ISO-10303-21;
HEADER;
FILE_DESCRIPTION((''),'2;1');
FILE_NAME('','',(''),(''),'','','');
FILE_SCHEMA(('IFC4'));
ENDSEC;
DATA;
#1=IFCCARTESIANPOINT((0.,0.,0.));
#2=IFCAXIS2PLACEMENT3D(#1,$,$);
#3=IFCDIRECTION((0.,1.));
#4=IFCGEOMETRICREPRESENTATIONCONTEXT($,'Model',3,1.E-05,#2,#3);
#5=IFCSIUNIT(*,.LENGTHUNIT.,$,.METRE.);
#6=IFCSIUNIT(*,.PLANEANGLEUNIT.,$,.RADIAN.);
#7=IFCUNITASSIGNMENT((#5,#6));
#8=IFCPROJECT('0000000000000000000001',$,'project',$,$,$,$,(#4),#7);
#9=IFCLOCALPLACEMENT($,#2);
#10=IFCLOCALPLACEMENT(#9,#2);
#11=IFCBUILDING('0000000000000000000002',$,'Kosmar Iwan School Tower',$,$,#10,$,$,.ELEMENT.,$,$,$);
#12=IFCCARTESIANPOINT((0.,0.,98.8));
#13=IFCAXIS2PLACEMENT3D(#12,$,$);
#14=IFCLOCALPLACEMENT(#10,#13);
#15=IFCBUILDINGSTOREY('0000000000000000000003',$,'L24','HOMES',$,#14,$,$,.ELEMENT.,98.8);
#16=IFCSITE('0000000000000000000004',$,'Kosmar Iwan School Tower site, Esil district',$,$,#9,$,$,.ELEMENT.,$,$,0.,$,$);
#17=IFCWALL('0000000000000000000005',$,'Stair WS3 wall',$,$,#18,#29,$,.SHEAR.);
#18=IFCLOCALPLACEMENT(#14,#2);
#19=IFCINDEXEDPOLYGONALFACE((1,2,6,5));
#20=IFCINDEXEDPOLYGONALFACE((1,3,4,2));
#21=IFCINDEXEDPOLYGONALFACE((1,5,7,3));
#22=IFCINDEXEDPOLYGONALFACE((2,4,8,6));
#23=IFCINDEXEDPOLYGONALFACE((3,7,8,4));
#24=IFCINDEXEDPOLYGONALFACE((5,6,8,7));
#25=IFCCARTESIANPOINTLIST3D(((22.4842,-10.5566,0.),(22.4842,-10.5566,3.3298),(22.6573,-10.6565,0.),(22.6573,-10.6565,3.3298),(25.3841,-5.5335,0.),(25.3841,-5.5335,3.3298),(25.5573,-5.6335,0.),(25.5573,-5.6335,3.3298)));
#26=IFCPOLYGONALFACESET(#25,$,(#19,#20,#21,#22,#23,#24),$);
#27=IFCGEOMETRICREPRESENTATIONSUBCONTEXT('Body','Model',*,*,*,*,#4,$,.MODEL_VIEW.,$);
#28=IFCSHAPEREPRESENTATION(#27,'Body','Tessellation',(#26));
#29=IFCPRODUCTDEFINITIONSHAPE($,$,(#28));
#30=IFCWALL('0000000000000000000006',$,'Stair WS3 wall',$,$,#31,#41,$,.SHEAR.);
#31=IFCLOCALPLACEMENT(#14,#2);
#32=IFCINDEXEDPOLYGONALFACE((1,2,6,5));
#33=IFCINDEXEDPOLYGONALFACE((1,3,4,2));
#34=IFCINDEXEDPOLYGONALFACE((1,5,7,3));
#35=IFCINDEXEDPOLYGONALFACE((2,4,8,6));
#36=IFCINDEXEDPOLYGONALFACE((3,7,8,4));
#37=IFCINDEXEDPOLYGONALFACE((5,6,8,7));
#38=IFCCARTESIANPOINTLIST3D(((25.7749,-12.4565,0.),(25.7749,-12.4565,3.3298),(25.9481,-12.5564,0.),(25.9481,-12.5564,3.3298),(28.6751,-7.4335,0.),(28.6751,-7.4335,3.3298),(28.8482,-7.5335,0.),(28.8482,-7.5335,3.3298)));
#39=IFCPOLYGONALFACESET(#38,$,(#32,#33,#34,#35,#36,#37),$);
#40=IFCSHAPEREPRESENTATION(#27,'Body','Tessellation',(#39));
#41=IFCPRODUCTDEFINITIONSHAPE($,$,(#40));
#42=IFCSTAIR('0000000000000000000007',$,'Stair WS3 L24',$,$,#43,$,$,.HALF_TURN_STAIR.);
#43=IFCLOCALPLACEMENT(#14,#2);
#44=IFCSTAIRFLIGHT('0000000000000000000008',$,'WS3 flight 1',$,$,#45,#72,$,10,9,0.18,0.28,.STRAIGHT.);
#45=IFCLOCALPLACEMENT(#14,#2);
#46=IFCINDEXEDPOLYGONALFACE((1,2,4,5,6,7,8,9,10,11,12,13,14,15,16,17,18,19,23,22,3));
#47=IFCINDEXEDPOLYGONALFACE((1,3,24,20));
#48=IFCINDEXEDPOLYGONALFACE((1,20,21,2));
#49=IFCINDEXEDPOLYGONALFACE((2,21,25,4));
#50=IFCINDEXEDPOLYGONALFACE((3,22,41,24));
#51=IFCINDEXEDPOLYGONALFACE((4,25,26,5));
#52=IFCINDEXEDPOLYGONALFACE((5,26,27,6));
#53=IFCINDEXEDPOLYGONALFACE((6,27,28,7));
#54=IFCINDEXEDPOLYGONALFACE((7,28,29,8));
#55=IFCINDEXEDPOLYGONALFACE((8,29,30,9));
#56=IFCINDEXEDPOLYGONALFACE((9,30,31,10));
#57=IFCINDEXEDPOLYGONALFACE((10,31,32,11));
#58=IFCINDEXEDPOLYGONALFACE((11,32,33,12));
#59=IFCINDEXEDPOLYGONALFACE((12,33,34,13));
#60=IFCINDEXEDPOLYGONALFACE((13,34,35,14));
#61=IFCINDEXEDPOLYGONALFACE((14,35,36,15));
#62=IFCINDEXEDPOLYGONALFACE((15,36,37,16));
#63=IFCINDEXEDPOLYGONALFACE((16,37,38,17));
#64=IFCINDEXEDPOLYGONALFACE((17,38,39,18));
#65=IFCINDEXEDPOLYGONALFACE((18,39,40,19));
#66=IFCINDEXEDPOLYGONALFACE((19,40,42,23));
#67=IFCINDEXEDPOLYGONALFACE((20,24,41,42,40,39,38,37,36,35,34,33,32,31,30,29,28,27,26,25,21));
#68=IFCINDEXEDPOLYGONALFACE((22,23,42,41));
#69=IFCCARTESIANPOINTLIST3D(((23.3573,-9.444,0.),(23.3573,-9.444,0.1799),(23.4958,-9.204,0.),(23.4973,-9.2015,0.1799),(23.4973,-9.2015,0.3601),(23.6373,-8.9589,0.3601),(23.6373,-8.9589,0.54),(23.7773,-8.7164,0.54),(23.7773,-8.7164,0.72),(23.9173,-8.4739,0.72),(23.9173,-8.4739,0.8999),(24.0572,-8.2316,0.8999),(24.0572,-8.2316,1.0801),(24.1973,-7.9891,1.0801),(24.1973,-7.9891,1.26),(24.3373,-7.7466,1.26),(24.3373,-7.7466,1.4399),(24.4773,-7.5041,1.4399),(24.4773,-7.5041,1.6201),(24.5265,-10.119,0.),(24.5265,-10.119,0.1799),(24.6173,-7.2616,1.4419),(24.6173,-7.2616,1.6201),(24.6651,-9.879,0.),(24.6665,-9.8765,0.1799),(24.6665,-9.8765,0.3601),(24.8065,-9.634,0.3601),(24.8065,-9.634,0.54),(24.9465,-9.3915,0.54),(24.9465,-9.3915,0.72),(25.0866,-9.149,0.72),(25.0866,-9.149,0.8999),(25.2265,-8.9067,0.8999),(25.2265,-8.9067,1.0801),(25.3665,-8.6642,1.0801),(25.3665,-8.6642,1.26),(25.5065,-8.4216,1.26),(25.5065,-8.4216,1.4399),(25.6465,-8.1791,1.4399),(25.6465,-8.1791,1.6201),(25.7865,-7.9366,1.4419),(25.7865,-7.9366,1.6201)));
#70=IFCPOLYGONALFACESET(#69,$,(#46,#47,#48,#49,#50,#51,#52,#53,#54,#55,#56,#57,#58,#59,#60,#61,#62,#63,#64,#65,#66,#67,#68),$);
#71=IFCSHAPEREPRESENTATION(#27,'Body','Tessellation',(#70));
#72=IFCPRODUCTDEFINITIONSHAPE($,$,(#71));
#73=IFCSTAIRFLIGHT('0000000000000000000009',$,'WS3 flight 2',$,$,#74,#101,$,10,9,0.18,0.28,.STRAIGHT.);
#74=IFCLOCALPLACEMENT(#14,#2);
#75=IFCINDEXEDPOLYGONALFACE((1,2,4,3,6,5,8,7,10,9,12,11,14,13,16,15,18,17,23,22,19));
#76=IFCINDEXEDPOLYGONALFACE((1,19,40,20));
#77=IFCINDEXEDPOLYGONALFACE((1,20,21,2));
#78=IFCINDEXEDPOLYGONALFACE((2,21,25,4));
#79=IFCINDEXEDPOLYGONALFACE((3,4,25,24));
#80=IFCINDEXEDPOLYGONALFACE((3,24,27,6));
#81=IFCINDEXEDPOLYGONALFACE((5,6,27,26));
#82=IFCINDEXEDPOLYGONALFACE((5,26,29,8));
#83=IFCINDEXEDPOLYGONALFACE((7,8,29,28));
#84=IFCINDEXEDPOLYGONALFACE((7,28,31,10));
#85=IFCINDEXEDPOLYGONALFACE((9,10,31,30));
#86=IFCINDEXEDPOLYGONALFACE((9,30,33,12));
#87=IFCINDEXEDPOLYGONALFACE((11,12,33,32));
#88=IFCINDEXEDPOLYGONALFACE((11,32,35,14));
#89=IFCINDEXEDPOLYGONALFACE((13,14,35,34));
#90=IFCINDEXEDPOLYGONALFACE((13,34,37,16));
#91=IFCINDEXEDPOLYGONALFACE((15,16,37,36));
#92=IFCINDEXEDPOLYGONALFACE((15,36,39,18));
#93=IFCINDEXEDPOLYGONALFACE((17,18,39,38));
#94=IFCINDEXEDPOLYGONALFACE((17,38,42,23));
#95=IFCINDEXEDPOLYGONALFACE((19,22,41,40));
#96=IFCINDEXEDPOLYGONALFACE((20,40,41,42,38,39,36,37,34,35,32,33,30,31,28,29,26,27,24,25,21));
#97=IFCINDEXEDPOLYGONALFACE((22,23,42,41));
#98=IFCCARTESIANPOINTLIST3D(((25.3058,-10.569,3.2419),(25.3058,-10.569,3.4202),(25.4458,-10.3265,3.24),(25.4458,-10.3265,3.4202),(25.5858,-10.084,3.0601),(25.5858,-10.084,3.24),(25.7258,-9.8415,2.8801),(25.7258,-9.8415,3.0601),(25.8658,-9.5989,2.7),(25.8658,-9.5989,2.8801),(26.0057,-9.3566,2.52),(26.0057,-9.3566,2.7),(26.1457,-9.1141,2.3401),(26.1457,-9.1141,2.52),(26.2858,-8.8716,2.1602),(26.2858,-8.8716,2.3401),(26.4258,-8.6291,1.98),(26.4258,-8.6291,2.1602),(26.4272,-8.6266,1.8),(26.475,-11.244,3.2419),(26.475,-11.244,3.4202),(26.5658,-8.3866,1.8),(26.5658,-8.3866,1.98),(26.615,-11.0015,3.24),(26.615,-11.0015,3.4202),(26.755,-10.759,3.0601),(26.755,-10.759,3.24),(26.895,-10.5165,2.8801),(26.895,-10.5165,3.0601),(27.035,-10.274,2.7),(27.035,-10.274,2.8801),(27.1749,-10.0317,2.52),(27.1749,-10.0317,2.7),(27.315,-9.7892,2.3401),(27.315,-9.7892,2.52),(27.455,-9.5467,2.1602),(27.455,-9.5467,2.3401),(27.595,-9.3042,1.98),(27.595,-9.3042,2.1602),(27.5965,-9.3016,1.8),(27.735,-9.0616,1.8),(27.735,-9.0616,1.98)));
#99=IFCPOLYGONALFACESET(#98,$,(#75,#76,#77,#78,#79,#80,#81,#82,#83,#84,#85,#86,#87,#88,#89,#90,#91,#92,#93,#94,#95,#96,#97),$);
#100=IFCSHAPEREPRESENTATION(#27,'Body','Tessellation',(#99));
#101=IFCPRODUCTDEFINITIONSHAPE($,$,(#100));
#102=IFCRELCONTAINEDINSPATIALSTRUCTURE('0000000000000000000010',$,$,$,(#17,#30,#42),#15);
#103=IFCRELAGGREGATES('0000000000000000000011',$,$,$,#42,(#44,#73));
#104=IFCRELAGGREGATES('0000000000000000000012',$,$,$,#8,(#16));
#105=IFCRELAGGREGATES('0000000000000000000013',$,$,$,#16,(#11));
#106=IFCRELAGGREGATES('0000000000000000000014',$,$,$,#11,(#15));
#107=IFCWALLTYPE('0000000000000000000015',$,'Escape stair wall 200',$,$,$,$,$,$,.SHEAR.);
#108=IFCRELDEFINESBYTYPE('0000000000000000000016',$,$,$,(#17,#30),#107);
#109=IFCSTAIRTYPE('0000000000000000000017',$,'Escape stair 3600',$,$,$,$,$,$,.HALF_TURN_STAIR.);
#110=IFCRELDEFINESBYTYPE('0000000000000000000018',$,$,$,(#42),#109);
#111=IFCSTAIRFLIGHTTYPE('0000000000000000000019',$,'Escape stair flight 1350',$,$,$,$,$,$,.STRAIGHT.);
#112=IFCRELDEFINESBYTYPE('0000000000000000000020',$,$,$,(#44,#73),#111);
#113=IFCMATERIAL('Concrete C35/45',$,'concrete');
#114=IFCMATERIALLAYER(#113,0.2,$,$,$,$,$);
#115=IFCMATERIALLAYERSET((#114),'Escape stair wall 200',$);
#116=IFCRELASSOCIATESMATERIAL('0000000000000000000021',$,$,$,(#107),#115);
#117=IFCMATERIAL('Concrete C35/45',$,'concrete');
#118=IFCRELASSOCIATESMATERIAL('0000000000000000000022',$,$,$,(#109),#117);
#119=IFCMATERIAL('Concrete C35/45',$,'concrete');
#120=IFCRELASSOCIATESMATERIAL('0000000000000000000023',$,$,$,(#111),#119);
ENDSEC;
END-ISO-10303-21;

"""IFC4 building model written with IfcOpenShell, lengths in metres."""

from ifc_helpers import new_model, si_unit, direction, frame, frame_2d, origin, place, context, subcontext, project, spatial, polyline, rectangle, outline, extrude, material, layer, layer_set, type_object, element, aggregate, save


model = new_model("IFC4")

# Units and contexts
model_context = context("Model", 3, precision=1e-05, world=origin(), true_north=direction((0.0, 1.0)))
body_context = subcontext(model_context, "Body", "Model", "MODEL_VIEW")
ifc_project = project(units=[si_unit("LENGTHUNIT", "METRE"), si_unit("PLANEANGLEUNIT", "RADIAN")], contexts=[model_context])

# Site, building, storey
site_placement = place(None, origin())
site = spatial("IfcSite", under=ifc_project, at=site_placement, Name="Kosmar Iwan School Tower site, Esil district", CompositionType="ELEMENT", RefElevation=0.0)
building_placement = place(site_placement, origin())
building = spatial("IfcBuilding", under=site, at=building_placement, Name="Kosmar Iwan School Tower", CompositionType="ELEMENT")
storey_placement = place(building_placement, frame((0.0, 0.0, 98.8)))
storey = spatial("IfcBuildingStorey", under=building, at=storey_placement, Name="L24", Description="HOMES", CompositionType="ELEMENT", Elevation=98.8)

# Walls
ifc_material_1 = material(Name="Concrete C35/45", Category="concrete")
ifc_layer_1 = layer(ifc_material_1, 0.2)
ifc_layer_set_1 = layer_set([ifc_layer_1], Name="Escape stair wall 200")
wall_type_1 = type_object("IfcWallType", Name="Escape stair wall 200", PredefinedType="SHEAR", material=ifc_layer_set_1)
for number, where, z_axis, x_axis, name in (
    (1, (22.5708, -10.6064, 0.0), (0.0, 0.0, 1.0), (0.499987, 0.866033, 0.0), "Stair WS3 wall"),
    (2, (25.8616, -12.5063, 0.0), (0.0, 0.0, 1.0), (0.500019, 0.866015, 0.0), "Stair WS3 wall"),
):
    element("IfcWall", number, at=place(storey_placement, frame(where, z_axis=z_axis, x_axis=x_axis)), inside=storey, type_object=wall_type_1, Name=name, PredefinedType="SHEAR", context=body_context, shape_type="SweptSolid", body=[
        extrude(rectangle(XDim=5.8, YDim=0.2, at=frame_2d((2.8999, 0.0))), origin(), (0.0, 0.0, 1.0), 3.3298),
    ])

# Stair, stair flights
ifc_material_2 = material(Name="Concrete C35/45", Category="concrete")
stair_type = type_object("IfcStairType", Name="Escape stair 3600", PredefinedType="HALF_TURN_STAIR", material=ifc_material_2)
stair_placement = place(storey_placement, origin())
stair = element("IfcStair", 3, at=stair_placement, inside=storey, type_object=stair_type, Name="Stair WS3 L24", PredefinedType="HALF_TURN_STAIR")
ifc_material_3 = material(Name="Concrete C35/45", Category="concrete")
stair_flight_type = type_object("IfcStairFlightType", Name="Escape stair flight 1350", PredefinedType="STRAIGHT", material=ifc_material_3)
stair_flight_1_placement = place(storey_placement, frame((23.9419, -9.7815, 0.0), z_axis=(0.0, 0.0, 1.0), x_axis=(0.5, 0.866025, 0.0)))
stair_flight_1 = element("IfcStairFlight", 4, at=stair_flight_1_placement, type_object=stair_flight_type, Name="WS3 flight 1", NumberOfRisers=10, NumberOfTreads=9, PredefinedType="STRAIGHT", RiserHeight=0.18, TreadLength=0.28, context=body_context, shape_type="SweptSolid", body=[
    extrude(outline(polyline([(0.0, 0.0), (0.0, 0.1799), (0.28, 0.1799), (0.28, 0.3601), (0.5601, 0.3601), (0.5601, 0.54), (0.8401, 0.54), (0.8401, 0.72), (1.1201, 0.72), (1.1201, 0.8999), (1.3999, 0.8999), (1.3999, 1.0801), (1.6799, 1.0801), (1.6799, 1.26), (1.96, 1.26), (1.96, 1.4399), (2.24, 1.4399), (2.24, 1.6201), (2.52, 1.6201), (2.52, 1.8), (2.52, 1.4419), (0.2771, 0.0), (0.0, 0.0)])), frame((0.0, 0.675, 0.0), z_axis=(0.0, -1.0, 0.0), x_axis=(1.0, 0.0, 0.0)), (0.0, 0.0, 1.0), 1.3501),
])
stair_flight_2_placement = place(storey_placement, frame((27.1504, -8.7241, 1.8), z_axis=(0.0, 0.0, 1.0), x_axis=(-0.5, -0.866025, 0.0)))
stair_flight_2 = element("IfcStairFlight", 5, at=stair_flight_2_placement, type_object=stair_flight_type, Name="WS3 flight 2", NumberOfRisers=10, NumberOfTreads=9, PredefinedType="STRAIGHT", RiserHeight=0.18, TreadLength=0.28, context=body_context, shape_type="SweptSolid", body=[
    extrude(outline(polyline([(0.0, 0.0), (0.0, 0.1799), (0.28, 0.1799), (0.28, 0.3601), (0.5601, 0.3601), (0.5601, 0.54), (0.8401, 0.54), (0.8401, 0.72), (1.1201, 0.72), (1.1201, 0.8999), (1.3999, 0.8999), (1.3999, 1.0801), (1.6799, 1.0801), (1.6799, 1.26), (1.96, 1.26), (1.96, 1.4399), (2.24, 1.4399), (2.24, 1.6201), (2.52, 1.6201), (2.52, 1.8), (2.52, 1.4419), (0.2771, 0.0), (0.0, 0.0)])), frame((0.0, 0.675, 0.0), z_axis=(0.0, -1.0, 0.0), x_axis=(1.0, 0.0, 0.0)), (0.0, 0.0, 1.0), 1.3501),
])
aggregate(stair, [stair_flight_1, stair_flight_2])

save(model, "model.ifc")
